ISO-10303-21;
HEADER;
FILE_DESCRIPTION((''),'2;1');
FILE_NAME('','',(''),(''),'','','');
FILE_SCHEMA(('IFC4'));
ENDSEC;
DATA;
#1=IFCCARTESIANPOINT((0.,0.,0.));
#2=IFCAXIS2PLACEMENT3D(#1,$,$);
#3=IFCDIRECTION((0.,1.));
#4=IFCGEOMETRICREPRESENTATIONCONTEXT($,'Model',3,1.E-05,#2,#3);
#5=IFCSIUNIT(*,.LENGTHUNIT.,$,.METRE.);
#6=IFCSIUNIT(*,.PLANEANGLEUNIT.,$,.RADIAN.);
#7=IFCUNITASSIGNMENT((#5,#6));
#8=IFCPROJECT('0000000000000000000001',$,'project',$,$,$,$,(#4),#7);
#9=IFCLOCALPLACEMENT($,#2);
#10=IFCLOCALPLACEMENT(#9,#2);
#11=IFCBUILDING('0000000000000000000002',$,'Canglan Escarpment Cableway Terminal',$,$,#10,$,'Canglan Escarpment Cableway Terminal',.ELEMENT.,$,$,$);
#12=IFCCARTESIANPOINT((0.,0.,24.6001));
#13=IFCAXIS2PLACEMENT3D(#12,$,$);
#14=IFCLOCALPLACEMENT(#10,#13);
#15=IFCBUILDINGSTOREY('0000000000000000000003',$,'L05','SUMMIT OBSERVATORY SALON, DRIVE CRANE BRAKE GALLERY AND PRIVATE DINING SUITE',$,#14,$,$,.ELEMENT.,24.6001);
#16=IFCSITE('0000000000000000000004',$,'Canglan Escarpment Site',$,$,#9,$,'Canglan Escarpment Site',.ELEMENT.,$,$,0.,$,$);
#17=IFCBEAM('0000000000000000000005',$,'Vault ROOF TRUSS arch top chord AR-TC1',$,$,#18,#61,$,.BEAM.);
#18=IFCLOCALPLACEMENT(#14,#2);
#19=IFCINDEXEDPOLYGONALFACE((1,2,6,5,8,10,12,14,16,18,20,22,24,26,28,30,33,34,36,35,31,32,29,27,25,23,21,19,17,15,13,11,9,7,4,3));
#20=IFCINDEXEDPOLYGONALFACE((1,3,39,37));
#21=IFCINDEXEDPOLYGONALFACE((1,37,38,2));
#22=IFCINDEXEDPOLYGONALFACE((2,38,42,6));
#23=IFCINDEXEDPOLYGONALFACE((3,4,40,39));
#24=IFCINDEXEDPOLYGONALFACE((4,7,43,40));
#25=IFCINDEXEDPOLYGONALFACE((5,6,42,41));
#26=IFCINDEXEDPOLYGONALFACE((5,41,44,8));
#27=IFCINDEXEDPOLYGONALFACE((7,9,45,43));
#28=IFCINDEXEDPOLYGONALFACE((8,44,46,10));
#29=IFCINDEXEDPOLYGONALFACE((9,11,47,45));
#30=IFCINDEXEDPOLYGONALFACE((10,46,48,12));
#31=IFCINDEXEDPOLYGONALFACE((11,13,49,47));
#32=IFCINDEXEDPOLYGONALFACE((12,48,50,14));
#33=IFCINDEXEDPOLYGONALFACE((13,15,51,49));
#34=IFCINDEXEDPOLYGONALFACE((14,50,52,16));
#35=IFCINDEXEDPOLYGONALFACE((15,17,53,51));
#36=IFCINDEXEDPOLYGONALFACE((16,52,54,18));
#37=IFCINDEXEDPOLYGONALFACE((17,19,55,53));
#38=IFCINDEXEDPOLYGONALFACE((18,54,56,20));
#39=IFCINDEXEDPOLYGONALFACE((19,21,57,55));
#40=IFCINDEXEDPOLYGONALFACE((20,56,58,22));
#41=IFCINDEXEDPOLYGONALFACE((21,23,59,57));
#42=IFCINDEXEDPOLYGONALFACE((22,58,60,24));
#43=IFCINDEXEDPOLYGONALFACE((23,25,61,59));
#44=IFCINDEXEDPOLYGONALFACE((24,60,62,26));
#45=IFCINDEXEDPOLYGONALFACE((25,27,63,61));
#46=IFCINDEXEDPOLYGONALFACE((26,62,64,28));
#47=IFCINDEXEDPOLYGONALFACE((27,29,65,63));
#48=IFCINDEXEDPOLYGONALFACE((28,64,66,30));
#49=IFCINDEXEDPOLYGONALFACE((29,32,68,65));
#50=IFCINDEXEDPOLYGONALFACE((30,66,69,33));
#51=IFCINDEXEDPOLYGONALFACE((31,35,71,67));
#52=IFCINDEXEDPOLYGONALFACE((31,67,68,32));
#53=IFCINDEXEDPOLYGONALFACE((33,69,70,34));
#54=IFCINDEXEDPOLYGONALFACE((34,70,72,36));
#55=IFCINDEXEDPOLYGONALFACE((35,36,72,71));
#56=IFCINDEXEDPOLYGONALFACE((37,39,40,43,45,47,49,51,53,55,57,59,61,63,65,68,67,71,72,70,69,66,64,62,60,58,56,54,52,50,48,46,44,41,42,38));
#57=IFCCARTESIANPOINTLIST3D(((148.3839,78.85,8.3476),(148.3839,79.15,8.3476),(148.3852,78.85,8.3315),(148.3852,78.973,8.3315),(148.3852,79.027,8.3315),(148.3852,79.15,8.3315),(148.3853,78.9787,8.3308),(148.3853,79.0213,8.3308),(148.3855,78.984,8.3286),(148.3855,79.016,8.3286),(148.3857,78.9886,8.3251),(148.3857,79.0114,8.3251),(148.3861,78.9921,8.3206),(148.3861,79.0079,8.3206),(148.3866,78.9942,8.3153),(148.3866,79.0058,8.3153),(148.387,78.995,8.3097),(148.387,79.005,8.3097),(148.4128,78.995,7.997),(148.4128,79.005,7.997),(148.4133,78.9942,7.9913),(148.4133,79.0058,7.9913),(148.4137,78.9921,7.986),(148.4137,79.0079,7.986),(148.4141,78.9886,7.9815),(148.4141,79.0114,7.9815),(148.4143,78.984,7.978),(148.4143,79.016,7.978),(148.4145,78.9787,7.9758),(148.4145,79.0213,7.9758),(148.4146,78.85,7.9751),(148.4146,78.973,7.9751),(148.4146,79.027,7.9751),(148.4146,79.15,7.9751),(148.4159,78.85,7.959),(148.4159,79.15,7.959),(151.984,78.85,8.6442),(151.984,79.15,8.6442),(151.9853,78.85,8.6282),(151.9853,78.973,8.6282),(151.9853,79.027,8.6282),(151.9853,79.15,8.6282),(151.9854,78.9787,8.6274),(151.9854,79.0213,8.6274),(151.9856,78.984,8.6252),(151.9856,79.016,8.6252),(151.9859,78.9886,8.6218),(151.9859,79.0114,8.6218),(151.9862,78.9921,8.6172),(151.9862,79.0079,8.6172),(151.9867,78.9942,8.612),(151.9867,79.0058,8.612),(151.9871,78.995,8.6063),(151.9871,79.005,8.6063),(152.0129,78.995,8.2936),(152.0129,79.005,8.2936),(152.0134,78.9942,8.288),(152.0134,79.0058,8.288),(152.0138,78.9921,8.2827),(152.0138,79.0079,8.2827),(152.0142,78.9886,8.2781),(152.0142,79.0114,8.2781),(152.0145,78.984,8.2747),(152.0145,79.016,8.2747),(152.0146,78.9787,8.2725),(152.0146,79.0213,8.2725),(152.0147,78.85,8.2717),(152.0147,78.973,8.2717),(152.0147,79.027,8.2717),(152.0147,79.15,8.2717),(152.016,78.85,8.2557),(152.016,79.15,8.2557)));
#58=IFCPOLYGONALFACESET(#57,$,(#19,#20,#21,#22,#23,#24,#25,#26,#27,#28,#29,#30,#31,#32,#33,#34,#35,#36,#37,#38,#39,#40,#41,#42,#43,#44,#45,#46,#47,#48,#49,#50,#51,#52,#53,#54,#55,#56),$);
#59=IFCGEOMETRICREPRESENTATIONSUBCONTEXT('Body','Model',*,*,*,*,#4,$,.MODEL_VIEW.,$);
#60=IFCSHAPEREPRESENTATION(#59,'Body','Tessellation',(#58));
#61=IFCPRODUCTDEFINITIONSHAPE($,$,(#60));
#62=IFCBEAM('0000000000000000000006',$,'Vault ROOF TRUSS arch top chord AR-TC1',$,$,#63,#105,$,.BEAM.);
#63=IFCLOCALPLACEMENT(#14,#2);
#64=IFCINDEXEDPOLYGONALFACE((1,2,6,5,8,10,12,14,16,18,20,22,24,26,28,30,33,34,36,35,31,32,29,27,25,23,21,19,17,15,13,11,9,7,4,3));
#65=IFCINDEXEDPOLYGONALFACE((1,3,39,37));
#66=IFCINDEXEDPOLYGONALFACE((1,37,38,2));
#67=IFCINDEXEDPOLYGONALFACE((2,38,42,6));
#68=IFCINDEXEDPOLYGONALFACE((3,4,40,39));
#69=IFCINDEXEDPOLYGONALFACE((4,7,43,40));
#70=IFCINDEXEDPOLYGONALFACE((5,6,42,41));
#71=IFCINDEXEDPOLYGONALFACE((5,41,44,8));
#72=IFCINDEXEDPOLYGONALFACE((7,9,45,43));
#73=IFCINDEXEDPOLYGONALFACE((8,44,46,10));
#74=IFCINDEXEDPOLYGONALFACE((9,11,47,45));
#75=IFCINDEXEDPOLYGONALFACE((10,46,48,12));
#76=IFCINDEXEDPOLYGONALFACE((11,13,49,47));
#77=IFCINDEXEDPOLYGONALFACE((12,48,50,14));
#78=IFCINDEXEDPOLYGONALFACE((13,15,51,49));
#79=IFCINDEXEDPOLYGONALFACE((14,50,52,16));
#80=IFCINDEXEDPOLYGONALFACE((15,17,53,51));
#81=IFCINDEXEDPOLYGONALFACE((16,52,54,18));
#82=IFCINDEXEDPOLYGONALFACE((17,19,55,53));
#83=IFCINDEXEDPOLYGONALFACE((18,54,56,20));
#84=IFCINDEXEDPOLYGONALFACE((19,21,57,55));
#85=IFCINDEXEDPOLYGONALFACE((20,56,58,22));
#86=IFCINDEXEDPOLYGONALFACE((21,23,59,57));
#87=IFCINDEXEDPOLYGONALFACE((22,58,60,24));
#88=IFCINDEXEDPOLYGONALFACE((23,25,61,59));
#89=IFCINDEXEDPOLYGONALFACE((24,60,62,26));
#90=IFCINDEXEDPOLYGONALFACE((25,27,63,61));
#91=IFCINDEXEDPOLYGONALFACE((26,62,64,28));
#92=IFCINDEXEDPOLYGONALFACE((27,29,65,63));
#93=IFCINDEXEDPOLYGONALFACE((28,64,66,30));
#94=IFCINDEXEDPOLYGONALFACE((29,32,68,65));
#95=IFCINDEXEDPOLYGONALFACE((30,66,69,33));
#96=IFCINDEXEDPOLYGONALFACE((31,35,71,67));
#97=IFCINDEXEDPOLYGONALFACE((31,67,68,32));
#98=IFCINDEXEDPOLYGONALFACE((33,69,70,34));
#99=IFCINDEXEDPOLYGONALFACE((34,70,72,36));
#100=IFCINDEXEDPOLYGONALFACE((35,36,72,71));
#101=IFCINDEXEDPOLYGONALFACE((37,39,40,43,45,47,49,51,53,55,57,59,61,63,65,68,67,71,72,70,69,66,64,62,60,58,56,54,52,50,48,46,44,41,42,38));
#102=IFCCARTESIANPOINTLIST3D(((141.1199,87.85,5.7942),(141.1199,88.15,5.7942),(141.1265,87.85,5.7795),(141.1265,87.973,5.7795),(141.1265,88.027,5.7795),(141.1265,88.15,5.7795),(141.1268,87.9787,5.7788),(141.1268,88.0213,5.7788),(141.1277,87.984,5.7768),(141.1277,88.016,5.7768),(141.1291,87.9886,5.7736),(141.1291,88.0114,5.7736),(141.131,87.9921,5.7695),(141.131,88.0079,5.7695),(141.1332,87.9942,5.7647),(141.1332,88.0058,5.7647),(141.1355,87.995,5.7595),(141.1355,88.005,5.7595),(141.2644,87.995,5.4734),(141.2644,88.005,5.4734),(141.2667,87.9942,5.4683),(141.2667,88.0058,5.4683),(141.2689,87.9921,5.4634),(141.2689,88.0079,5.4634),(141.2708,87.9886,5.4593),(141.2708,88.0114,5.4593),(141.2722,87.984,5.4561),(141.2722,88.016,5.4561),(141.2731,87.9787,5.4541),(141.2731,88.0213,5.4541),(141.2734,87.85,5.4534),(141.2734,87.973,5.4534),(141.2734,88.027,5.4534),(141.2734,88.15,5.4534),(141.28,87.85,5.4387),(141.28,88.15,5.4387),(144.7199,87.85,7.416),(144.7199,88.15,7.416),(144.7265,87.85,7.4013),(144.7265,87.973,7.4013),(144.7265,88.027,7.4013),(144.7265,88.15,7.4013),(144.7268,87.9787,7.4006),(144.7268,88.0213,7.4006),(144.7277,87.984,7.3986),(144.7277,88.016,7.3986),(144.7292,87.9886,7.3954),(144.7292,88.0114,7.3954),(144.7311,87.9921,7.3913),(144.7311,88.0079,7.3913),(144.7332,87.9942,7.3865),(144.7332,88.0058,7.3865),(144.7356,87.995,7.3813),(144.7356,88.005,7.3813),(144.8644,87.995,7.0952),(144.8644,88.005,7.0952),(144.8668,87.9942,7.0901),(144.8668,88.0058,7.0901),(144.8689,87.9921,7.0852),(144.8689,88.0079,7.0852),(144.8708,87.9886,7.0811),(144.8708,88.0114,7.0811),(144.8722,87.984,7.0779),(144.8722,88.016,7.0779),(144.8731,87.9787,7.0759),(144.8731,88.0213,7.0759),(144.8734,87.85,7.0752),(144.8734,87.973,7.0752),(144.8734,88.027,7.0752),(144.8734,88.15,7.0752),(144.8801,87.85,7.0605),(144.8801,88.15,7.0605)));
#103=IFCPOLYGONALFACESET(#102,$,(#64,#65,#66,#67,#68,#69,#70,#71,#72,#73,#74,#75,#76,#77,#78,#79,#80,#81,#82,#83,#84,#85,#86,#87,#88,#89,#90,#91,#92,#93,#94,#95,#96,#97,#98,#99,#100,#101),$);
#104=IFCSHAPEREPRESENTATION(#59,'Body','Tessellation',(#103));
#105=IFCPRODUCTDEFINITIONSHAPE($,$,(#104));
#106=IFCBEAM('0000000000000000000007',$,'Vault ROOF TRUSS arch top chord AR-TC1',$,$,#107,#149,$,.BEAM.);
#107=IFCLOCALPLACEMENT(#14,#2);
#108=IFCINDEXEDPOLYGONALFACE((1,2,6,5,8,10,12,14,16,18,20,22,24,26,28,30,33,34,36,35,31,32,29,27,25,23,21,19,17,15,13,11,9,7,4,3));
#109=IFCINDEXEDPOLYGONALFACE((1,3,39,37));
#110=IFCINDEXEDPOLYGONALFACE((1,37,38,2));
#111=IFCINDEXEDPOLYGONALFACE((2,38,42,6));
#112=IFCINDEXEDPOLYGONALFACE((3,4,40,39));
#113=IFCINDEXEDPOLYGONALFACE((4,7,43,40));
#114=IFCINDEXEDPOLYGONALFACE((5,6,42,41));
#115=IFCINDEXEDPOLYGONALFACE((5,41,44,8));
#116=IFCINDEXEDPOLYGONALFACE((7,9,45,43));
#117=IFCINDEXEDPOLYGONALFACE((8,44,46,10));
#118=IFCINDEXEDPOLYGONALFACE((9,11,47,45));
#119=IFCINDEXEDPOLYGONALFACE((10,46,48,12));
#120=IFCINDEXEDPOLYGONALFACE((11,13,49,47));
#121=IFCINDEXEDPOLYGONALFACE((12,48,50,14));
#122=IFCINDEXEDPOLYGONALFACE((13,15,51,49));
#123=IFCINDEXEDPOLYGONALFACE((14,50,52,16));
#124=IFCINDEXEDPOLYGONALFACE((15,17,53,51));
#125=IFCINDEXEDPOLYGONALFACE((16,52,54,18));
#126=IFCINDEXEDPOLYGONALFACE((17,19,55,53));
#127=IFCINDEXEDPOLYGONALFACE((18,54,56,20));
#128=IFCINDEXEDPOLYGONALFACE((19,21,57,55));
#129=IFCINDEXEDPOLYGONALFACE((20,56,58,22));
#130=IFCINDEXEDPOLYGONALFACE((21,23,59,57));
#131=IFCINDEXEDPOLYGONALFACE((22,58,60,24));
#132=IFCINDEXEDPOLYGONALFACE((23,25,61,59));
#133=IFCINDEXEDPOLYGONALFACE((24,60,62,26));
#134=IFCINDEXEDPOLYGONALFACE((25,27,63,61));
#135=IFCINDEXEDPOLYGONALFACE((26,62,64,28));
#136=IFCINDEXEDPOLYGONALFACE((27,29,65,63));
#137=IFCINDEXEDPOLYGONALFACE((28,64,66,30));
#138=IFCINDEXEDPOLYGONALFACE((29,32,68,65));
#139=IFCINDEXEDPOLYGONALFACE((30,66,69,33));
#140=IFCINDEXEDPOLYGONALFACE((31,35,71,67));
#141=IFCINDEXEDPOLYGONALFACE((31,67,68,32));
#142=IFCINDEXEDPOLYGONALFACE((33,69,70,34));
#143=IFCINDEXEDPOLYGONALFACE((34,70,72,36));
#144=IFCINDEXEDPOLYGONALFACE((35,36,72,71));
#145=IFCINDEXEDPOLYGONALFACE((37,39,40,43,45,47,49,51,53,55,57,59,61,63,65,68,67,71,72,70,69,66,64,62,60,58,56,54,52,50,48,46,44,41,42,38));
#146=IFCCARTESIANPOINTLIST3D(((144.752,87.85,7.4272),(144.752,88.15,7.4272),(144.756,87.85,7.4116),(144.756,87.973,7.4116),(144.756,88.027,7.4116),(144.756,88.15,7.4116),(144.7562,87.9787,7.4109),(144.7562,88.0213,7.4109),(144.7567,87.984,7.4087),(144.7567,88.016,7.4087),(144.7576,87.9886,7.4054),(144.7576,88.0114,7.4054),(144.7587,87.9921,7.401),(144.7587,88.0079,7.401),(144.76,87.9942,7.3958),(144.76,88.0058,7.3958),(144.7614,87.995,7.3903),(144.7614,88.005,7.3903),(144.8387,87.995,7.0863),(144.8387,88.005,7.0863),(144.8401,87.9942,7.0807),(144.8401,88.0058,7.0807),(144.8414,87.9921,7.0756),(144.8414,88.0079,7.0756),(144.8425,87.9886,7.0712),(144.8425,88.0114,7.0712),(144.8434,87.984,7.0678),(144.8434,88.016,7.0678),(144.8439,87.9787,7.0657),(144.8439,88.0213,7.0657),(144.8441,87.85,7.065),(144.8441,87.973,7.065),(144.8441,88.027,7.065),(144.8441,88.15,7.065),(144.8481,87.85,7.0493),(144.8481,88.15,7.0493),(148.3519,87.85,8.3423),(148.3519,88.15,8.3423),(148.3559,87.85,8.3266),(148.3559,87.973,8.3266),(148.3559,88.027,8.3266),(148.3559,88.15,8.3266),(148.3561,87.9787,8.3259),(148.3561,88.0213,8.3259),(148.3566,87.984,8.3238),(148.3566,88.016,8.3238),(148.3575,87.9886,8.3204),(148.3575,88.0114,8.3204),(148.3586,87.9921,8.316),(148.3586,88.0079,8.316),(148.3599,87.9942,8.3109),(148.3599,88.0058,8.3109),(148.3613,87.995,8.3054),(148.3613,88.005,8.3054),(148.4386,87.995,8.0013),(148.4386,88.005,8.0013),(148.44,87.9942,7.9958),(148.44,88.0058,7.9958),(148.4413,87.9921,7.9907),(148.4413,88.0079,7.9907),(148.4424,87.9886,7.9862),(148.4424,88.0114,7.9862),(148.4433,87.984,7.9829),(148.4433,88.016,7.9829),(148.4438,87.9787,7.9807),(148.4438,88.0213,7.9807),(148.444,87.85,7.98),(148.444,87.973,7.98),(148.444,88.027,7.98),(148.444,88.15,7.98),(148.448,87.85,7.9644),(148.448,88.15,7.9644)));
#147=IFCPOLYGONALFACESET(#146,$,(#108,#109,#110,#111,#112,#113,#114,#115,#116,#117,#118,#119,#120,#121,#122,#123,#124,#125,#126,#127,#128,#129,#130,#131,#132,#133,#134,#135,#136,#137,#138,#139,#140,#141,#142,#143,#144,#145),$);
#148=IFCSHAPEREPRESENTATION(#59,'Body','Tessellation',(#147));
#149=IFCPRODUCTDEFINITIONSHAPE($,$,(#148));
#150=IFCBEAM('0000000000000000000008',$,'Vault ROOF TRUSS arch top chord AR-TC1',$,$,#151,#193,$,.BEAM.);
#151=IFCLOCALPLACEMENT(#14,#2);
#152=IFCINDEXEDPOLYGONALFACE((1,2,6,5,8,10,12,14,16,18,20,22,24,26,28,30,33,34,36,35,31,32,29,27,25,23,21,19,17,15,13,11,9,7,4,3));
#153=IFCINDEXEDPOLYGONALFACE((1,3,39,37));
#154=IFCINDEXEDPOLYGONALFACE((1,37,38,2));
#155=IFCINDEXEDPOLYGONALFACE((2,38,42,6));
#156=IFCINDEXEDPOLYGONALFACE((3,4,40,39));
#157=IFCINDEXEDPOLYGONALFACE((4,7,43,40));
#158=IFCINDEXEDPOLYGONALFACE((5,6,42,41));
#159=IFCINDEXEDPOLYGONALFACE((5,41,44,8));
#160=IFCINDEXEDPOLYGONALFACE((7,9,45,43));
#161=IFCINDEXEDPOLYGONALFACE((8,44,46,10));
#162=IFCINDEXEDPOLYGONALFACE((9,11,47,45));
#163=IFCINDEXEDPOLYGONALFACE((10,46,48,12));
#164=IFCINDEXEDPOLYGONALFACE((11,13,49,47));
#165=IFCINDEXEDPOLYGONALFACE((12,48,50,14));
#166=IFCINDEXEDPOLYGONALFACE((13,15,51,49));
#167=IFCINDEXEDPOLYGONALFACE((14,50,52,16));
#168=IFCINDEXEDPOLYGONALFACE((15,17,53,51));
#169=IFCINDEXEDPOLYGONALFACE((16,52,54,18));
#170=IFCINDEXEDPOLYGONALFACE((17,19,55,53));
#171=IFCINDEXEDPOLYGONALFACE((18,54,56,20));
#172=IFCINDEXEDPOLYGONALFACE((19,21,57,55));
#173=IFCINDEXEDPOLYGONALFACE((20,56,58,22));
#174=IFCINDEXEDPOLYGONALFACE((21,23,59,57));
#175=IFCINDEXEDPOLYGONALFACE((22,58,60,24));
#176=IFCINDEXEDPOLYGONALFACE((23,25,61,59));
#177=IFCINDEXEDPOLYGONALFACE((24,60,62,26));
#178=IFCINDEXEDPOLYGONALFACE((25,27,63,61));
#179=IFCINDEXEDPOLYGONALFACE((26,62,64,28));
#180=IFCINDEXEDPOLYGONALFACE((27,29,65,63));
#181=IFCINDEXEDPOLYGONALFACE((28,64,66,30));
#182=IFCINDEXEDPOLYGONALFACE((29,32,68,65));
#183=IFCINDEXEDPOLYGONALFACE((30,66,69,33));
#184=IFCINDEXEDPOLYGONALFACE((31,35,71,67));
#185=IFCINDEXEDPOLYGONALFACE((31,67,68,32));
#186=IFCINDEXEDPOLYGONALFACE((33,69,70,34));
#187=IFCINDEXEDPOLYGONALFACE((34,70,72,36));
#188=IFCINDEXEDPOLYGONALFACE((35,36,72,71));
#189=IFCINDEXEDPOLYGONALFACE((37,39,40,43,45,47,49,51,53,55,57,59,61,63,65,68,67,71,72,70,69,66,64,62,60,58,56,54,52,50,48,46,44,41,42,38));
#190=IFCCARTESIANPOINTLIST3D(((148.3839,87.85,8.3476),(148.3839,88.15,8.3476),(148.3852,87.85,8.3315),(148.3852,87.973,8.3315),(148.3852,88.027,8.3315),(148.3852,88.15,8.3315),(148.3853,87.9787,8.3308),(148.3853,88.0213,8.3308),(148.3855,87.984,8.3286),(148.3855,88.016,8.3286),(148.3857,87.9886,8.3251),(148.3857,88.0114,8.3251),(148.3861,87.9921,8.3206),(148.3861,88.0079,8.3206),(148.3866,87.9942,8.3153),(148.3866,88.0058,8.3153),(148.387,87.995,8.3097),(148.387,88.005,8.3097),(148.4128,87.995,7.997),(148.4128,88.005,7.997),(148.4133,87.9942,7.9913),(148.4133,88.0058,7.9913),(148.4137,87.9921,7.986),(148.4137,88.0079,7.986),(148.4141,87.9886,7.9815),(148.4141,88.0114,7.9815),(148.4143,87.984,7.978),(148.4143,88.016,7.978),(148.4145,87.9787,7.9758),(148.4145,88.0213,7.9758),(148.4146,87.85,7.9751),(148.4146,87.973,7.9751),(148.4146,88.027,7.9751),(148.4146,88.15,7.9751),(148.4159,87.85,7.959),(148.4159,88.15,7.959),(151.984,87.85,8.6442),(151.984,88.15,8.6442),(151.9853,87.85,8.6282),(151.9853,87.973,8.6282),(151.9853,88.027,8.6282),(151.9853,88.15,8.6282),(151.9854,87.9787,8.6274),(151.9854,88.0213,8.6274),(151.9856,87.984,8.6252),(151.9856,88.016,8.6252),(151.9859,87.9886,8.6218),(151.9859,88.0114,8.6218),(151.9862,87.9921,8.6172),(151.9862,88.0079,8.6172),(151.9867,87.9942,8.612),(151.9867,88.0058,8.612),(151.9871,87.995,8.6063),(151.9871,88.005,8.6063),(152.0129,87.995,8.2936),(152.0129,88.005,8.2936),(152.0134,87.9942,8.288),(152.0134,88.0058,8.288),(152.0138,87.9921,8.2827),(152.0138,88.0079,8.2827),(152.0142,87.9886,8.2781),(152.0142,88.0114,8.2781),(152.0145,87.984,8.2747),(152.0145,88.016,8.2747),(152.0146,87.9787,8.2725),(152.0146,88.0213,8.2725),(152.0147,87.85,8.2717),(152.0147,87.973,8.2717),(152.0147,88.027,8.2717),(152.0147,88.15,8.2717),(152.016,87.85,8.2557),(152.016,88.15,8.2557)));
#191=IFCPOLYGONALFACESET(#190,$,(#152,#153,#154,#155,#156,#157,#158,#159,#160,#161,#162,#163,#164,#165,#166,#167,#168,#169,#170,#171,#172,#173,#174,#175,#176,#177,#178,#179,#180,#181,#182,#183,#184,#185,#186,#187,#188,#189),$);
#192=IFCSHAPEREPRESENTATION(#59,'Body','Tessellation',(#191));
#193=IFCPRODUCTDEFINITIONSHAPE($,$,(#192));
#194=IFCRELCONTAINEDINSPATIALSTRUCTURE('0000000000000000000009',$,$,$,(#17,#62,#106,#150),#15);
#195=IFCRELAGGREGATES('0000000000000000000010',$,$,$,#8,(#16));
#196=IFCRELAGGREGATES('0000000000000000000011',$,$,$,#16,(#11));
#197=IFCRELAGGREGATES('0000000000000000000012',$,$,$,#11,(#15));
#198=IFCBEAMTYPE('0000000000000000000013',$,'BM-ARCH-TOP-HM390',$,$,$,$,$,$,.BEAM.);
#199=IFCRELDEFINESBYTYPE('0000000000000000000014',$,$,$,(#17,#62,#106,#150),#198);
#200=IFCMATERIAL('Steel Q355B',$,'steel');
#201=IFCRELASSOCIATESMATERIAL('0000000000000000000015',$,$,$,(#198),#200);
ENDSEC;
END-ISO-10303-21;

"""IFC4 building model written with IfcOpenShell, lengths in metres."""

from ifc_helpers import new_model, si_unit, direction, frame, origin, origin_2d, place, context, subcontext, project, spatial, i_section, extrude, material, material_profile, profile_set, type_object, element, save


model = new_model("IFC4")

# Units and contexts
model_context = context("Model", 3, precision=1e-05, world=origin(), true_north=direction((0.0, 1.0)))
body_context = subcontext(model_context, "Body", "Model", "MODEL_VIEW")
ifc_project = project(units=[si_unit("LENGTHUNIT", "METRE"), si_unit("PLANEANGLEUNIT", "RADIAN")], contexts=[model_context])

# Site, building, storey
site_placement = place(None, origin())
site = spatial("IfcSite", under=ifc_project, at=site_placement, Name="Canglan Escarpment Site", LongName="Canglan Escarpment Site", CompositionType="ELEMENT", RefElevation=0.0)
building_placement = place(site_placement, origin())
building = spatial("IfcBuilding", under=site, at=building_placement, Name="Canglan Escarpment Cableway Terminal", LongName="Canglan Escarpment Cableway Terminal", CompositionType="ELEMENT")
storey_placement = place(building_placement, frame((0.0, 0.0, 24.6001)))
storey = spatial("IfcBuildingStorey", under=building, at=storey_placement, Name="L05", Description="SUMMIT OBSERVATORY SALON, DRIVE CRANE BRAKE GALLERY AND PRIVATE DINING SUITE", CompositionType="ELEMENT", Elevation=24.6001)

# Beams
ifc_material_1 = material(Name="Steel Q355B", Category="steel")
ifc_material_profile_1 = material_profile(ifc_material_1, i_section(OverallWidth=0.3, OverallDepth=0.3899, WebThickness=0.01, FlangeThickness=0.0161, FilletRadius=0.022, at=origin_2d()), Name="HM 390x300x10x16")
ifc_profile_set_1 = profile_set([ifc_material_profile_1], Name="Steel Q355B")
beam_type = type_object("IfcBeamType", Name="BM-ARCH-TOP-HM390", PredefinedType="BEAM", material=ifc_profile_set_1)
beam_1_placement = place(storey_placement, frame((148.3999, 79.0, 8.1533), z_axis=(0.996623, 0.0, 0.082117), x_axis=(0.0, 1.0, 0.0)))
element("IfcBeam", 1, at=beam_1_placement, inside=storey, type_object=beam_type, Name="Vault ROOF TRUSS arch top chord AR-TC1", PredefinedType="BEAM", context=body_context, shape_type="SweptSolid", body=[
    extrude(i_section(OverallWidth=0.3, OverallDepth=0.3899, WebThickness=0.01, FlangeThickness=0.0161, FilletRadius=0.022, at=origin_2d()), origin(), (0.0, 0.0, 1.0), 3.6123),
])
beam_2_placement = place(storey_placement, frame((141.2, 88.0, 5.6165), z_axis=(0.911753, 0.0, 0.41074), x_axis=(0.0, 1.0, 0.0)))
element("IfcBeam", 2, at=beam_2_placement, inside=storey, type_object=beam_type, Name="Vault ROOF TRUSS arch top chord AR-TC1", PredefinedType="BEAM", context=body_context, shape_type="SweptSolid", body=[
    extrude(i_section(OverallWidth=0.3, OverallDepth=0.3899, WebThickness=0.01, FlangeThickness=0.0161, FilletRadius=0.022, at=origin_2d()), origin(), (0.0, 0.0, 1.0), 3.9485),
])
beam_3_placement = place(storey_placement, frame((144.8, 88.0, 7.2383), z_axis=(0.96918, 0.0, 0.246354), x_axis=(0.0, 1.0, 0.0)))
element("IfcBeam", 3, at=beam_3_placement, inside=storey, type_object=beam_type, Name="Vault ROOF TRUSS arch top chord AR-TC1", PredefinedType="BEAM", context=body_context, shape_type="SweptSolid", body=[
    extrude(i_section(OverallWidth=0.3, OverallDepth=0.3899, WebThickness=0.01, FlangeThickness=0.0161, FilletRadius=0.022, at=origin_2d()), origin(), (0.0, 0.0, 1.0), 3.7144),
])
beam_4_placement = place(storey_placement, frame((148.3999, 88.0, 8.1533), z_axis=(0.996623, 0.0, 0.082117), x_axis=(0.0, 1.0, 0.0)))
element("IfcBeam", 4, at=beam_4_placement, inside=storey, type_object=beam_type, Name="Vault ROOF TRUSS arch top chord AR-TC1", PredefinedType="BEAM", context=body_context, shape_type="SweptSolid", body=[
    extrude(i_section(OverallWidth=0.3, OverallDepth=0.3899, WebThickness=0.01, FlangeThickness=0.0161, FilletRadius=0.022, at=origin_2d()), origin(), (0.0, 0.0, 1.0), 3.6123),
])

save(model, "model.ifc")
